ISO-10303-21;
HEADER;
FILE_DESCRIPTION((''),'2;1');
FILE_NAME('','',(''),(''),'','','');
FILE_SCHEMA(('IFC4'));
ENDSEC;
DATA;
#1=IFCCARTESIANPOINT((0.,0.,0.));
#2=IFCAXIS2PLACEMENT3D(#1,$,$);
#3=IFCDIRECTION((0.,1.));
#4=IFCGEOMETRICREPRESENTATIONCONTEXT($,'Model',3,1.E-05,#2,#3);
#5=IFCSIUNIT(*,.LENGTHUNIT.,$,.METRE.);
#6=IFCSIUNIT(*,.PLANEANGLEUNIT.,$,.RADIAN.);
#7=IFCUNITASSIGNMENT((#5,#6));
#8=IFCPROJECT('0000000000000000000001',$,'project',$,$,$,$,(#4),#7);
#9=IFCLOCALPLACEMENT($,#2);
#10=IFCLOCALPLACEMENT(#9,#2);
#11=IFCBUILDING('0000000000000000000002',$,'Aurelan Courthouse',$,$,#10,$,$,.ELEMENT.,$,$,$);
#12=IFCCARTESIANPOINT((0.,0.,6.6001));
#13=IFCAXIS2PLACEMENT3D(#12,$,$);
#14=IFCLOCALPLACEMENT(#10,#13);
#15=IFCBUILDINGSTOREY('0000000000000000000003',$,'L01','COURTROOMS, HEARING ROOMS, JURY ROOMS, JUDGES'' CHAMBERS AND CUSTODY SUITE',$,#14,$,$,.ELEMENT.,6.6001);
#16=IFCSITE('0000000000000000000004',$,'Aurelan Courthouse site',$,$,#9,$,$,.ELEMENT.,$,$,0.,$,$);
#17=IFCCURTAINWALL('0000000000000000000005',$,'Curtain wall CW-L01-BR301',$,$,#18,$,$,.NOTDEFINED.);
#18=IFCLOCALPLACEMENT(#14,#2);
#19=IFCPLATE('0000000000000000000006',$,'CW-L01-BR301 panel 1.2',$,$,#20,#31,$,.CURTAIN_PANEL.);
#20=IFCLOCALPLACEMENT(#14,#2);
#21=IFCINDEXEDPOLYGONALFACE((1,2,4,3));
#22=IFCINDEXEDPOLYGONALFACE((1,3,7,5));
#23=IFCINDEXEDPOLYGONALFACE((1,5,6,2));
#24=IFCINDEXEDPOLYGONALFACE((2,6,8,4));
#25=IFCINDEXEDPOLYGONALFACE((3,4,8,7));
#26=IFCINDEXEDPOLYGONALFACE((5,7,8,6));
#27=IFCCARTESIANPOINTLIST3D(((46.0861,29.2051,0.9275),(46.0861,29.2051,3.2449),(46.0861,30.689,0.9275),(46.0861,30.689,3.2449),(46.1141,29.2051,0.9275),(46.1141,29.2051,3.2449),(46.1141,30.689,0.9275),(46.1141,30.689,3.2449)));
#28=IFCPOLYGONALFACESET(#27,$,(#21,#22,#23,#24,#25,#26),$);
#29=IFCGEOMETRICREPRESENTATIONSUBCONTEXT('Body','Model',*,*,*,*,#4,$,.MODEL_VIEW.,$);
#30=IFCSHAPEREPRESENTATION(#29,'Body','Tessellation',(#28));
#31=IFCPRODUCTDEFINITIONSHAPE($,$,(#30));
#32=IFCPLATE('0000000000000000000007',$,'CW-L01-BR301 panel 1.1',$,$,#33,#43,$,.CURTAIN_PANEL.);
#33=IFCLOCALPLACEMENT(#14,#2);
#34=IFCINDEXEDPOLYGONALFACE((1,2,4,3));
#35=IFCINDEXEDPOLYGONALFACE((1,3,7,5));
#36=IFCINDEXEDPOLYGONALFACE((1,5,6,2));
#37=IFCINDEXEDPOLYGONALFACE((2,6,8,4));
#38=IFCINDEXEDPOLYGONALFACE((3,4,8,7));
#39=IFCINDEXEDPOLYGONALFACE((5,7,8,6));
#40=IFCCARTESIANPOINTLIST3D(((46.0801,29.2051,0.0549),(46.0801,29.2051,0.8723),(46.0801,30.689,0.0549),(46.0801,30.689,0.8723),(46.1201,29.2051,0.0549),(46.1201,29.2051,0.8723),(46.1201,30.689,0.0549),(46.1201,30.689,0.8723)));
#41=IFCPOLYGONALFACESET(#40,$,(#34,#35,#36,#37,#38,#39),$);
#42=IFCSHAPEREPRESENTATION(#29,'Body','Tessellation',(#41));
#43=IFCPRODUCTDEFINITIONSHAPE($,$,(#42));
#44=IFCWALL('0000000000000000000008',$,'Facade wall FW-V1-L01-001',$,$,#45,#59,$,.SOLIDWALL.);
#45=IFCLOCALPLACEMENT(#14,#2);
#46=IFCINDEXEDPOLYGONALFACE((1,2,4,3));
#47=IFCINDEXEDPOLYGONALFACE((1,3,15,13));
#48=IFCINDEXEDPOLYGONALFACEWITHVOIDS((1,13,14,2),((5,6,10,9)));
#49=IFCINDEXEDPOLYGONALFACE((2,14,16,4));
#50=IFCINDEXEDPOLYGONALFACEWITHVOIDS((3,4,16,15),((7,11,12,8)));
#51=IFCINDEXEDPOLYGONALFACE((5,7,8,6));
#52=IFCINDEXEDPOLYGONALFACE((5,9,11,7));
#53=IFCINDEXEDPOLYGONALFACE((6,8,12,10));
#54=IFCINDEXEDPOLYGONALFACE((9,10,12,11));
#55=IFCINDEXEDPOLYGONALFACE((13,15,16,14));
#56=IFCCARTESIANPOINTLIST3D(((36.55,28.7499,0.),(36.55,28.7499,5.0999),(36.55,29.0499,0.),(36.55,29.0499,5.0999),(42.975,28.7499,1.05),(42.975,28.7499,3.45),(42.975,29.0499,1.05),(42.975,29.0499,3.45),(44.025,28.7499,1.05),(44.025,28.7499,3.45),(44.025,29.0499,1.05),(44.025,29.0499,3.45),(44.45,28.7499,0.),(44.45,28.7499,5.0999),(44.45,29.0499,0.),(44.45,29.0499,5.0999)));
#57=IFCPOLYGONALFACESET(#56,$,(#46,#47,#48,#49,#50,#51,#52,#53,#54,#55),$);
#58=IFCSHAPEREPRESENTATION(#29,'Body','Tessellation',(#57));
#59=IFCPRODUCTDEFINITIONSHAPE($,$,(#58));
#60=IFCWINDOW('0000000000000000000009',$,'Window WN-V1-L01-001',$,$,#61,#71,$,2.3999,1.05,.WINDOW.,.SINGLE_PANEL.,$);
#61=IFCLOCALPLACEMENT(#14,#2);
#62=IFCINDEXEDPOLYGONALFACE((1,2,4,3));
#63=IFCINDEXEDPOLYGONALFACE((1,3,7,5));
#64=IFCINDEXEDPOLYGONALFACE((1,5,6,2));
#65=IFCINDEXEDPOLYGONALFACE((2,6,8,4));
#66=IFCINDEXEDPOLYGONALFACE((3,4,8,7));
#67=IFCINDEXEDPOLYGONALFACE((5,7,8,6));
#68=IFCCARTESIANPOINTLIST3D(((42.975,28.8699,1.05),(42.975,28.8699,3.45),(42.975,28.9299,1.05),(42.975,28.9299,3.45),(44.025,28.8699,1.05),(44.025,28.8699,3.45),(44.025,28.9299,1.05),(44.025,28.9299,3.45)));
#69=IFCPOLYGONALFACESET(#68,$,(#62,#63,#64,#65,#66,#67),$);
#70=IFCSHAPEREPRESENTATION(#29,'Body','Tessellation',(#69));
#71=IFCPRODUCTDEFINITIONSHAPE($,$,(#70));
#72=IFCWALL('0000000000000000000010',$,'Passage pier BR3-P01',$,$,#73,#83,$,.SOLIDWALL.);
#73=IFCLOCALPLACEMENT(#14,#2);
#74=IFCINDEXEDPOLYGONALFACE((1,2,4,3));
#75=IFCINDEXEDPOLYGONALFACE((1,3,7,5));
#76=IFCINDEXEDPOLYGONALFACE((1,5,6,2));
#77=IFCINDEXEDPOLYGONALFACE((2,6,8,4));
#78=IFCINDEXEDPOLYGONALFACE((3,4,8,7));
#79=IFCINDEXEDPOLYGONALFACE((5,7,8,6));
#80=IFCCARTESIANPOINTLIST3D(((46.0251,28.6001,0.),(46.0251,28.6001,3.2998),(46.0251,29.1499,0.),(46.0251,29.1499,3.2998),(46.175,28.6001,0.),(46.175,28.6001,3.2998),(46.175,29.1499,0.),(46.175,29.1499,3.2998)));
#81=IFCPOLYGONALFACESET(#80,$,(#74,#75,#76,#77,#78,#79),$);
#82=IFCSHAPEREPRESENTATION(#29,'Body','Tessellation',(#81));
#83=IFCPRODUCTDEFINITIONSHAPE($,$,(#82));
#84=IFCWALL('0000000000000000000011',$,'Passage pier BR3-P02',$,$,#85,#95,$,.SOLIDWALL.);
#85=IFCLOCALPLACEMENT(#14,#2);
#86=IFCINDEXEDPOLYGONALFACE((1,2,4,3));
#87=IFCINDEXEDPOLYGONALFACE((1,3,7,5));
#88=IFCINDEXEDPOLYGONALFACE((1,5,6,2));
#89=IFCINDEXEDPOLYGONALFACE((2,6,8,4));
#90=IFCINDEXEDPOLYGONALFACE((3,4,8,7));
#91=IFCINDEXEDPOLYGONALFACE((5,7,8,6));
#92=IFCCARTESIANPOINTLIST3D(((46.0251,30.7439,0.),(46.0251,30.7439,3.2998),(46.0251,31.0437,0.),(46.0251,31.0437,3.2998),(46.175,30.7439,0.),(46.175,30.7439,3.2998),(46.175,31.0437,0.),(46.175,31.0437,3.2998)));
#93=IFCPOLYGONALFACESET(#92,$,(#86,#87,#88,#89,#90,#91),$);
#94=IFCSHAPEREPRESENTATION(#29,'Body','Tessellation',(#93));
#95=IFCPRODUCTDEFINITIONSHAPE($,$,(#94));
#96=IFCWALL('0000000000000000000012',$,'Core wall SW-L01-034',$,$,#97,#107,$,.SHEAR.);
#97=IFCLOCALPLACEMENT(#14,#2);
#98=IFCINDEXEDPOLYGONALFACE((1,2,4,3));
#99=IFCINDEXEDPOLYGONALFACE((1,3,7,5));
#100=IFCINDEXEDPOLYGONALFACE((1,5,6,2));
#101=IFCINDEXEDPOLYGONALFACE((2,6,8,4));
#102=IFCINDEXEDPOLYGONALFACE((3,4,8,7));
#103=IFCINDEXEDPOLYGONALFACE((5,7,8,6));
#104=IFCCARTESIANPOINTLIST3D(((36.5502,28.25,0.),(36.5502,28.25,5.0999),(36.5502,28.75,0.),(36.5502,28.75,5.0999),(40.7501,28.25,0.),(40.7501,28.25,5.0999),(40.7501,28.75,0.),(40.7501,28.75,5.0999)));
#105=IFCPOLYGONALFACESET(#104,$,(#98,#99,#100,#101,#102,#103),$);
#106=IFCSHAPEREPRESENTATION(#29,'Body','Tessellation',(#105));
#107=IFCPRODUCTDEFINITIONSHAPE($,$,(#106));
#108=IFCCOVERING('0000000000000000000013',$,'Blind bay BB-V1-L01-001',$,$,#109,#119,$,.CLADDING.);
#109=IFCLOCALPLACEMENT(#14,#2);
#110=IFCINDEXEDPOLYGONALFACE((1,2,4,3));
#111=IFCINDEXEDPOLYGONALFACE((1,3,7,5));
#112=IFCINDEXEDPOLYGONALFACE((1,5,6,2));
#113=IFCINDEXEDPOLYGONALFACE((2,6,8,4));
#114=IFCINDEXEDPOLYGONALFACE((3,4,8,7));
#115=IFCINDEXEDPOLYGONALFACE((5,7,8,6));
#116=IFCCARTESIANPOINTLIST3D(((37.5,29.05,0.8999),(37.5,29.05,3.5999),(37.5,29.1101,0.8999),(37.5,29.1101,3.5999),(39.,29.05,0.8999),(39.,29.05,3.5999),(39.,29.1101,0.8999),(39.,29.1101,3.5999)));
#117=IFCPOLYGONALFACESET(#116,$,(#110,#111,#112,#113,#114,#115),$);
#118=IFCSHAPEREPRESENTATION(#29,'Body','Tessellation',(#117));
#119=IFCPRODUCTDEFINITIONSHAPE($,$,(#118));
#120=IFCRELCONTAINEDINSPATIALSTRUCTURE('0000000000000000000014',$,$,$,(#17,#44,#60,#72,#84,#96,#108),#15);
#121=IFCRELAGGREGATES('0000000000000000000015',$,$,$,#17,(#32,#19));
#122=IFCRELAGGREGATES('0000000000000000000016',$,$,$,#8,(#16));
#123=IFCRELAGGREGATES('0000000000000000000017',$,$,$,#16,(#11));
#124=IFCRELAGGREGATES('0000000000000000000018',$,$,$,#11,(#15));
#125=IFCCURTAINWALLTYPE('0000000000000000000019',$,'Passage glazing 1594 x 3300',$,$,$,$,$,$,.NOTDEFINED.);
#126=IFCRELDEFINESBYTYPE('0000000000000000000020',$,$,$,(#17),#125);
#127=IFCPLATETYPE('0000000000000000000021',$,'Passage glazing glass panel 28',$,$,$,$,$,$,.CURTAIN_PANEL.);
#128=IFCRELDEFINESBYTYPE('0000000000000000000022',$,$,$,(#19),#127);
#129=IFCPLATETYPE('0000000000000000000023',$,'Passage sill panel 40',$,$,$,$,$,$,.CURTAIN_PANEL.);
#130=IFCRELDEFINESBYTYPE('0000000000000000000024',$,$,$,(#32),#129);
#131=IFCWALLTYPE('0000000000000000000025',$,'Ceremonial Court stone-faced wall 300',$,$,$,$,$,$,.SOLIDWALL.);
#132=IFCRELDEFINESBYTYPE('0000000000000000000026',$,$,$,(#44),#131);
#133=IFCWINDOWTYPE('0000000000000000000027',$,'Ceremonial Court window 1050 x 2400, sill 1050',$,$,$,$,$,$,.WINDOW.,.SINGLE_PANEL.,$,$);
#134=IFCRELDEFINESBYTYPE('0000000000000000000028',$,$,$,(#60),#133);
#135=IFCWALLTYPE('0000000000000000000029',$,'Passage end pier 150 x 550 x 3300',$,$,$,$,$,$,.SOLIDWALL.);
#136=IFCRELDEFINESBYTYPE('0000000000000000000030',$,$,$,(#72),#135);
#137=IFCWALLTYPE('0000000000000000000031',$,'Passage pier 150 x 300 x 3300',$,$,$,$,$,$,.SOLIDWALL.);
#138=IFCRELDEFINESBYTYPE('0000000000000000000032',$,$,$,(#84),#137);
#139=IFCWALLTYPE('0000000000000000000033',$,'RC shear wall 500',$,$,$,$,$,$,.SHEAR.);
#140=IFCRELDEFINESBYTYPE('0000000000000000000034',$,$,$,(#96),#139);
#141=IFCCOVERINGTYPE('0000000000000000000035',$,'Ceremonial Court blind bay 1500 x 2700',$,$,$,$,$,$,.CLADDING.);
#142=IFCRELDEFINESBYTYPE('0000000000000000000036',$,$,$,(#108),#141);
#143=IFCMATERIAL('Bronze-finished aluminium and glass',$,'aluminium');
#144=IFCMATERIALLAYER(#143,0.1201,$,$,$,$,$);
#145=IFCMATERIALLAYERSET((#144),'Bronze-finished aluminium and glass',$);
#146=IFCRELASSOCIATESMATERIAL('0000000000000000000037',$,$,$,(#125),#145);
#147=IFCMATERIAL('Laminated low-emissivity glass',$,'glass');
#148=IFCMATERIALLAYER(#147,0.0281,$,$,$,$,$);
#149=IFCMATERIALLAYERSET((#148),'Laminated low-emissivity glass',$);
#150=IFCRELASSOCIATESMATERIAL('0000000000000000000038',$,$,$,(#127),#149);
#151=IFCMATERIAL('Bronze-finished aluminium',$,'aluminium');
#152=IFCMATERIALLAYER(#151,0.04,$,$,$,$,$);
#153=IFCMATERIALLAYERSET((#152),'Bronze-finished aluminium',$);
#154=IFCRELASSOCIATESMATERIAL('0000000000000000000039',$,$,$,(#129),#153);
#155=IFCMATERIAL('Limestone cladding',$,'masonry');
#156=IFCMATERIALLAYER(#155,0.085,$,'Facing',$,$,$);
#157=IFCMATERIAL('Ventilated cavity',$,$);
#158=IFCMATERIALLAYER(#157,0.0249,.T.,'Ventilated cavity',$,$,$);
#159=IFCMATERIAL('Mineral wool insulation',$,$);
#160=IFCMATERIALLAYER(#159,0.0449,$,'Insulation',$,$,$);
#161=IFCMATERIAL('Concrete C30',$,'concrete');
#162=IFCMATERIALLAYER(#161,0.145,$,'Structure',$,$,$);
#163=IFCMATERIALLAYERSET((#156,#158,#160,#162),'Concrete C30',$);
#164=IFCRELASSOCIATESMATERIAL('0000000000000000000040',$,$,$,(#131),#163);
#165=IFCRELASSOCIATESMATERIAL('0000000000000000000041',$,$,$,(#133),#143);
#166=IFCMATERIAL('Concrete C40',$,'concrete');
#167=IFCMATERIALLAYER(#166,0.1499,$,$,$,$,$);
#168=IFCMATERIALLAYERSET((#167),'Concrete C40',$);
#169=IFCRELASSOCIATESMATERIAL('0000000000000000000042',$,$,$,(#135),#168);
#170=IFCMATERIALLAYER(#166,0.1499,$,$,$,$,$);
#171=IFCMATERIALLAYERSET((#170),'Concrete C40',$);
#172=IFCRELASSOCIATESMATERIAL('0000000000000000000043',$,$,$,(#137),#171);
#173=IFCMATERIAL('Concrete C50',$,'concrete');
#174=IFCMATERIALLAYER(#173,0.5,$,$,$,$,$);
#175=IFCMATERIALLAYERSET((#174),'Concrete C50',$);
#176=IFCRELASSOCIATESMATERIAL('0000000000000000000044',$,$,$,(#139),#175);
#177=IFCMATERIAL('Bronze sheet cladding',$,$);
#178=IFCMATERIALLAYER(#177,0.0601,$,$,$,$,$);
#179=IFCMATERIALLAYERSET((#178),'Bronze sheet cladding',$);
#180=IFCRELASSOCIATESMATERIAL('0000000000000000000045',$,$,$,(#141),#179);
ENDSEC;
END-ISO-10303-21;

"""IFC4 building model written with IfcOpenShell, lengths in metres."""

from ifc_helpers import new_model, si_unit, direction, frame, frame_2d, origin, origin_2d, place, context, subcontext, project, spatial, rectangle, extrude, material, layer, layer_set, type_object, element, fill, aggregate, save


model = new_model("IFC4")

# Units and contexts
model_context = context("Model", 3, precision=1e-05, world=origin(), true_north=direction((0.0, 1.0)))
body_context = subcontext(model_context, "Body", "Model", "MODEL_VIEW")
ifc_project = project(units=[si_unit("LENGTHUNIT", "METRE"), si_unit("PLANEANGLEUNIT", "RADIAN")], contexts=[model_context])

# Site, building, storey
site_placement = place(None, origin())
site = spatial("IfcSite", under=ifc_project, at=site_placement, Name="Aurelan Courthouse site", CompositionType="ELEMENT", RefElevation=0.0)
building_placement = place(site_placement, origin())
building = spatial("IfcBuilding", under=site, at=building_placement, Name="Aurelan Courthouse", CompositionType="ELEMENT")
storey_placement = place(building_placement, frame((0.0, 0.0, 6.6001)))
storey = spatial("IfcBuildingStorey", under=building, at=storey_placement, Name="L01", Description="COURTROOMS, HEARING ROOMS, JURY ROOMS, JUDGES' CHAMBERS AND CUSTODY SUITE", CompositionType="ELEMENT", Elevation=6.6001)

# Shared definitions
ifc_material_1 = material(Name="Concrete C50", Category="concrete")

# Curtain wall
ifc_material_2 = material(Name="Bronze-finished aluminium and glass", Category="aluminium")
ifc_layer_1 = layer(ifc_material_2, 0.1201)
ifc_layer_set_1 = layer_set([ifc_layer_1], Name="Bronze-finished aluminium and glass")
curtain_wall_type = type_object("IfcCurtainWallType", Name="Passage glazing 1594 x 3300", PredefinedType="NOTDEFINED", material=ifc_layer_set_1)
curtain_wall_placement = place(storey_placement, origin())
curtain_wall = element("IfcCurtainWall", 1, at=curtain_wall_placement, inside=storey, type_object=curtain_wall_type, Name="Curtain wall CW-L01-BR301", PredefinedType="NOTDEFINED")
ifc_material_3 = material(Name="Bronze-finished aluminium", Category="aluminium")

# Plates
ifc_material_4 = material(Name="Laminated low-emissivity glass", Category="glass")
ifc_layer_2 = layer(ifc_material_4, 0.0281)
ifc_layer_set_2 = layer_set([ifc_layer_2], Name="Laminated low-emissivity glass")
plate_type_1 = type_object("IfcPlateType", Name="Passage glazing glass panel 28", PredefinedType="CURTAIN_PANEL", material=ifc_layer_set_2)
plate_1_placement = place(storey_placement, frame((46.1001, 29.947, 0.9275), z_axis=(0.0, 0.0, 1.0), x_axis=(0.0, 1.0, 0.0)))
plate_1 = element("IfcPlate", 2, at=plate_1_placement, type_object=plate_type_1, Name="CW-L01-BR301 panel 1.2", PredefinedType="CURTAIN_PANEL", context=body_context, shape_type="SweptSolid", body=[
    extrude(rectangle(XDim=1.4839, YDim=0.0281, at=origin_2d()), origin(), (0.0, 0.0, 1.0), 2.3174),
])
ifc_layer_3 = layer(ifc_material_3, 0.04)
ifc_layer_set_3 = layer_set([ifc_layer_3], Name="Bronze-finished aluminium")
plate_type_2 = type_object("IfcPlateType", Name="Passage sill panel 40", PredefinedType="CURTAIN_PANEL", material=ifc_layer_set_3)
plate_2_placement = place(storey_placement, frame((46.1001, 29.947, 0.0549), z_axis=(0.0, 0.0, 1.0), x_axis=(0.0, 1.0, 0.0)))
plate_2 = element("IfcPlate", 3, at=plate_2_placement, type_object=plate_type_2, Name="CW-L01-BR301 panel 1.1", PredefinedType="CURTAIN_PANEL", context=body_context, shape_type="SweptSolid", body=[
    extrude(rectangle(XDim=1.4839, YDim=0.04, at=origin_2d()), origin(), (0.0, 0.0, 1.0), 0.8174),
])
aggregate(curtain_wall, [plate_2, plate_1])

# Wall, opening, window
ifc_material_5 = material(Name="Limestone cladding", Category="masonry")
ifc_layer_4 = layer(ifc_material_5, 0.085, Name="Facing")
ifc_material_6 = material(Name="Ventilated cavity")
ifc_layer_5 = layer(ifc_material_6, 0.0249, ventilated=True, Name="Ventilated cavity")
ifc_material_7 = material(Name="Mineral wool insulation")
ifc_layer_6 = layer(ifc_material_7, 0.0449, Name="Insulation")
ifc_material_8 = material(Name="Concrete C30", Category="concrete")
ifc_layer_7 = layer(ifc_material_8, 0.145, Name="Structure")
ifc_layer_set_4 = layer_set([ifc_layer_4, ifc_layer_5, ifc_layer_6, ifc_layer_7], Name="Concrete C30")
wall_type_1 = type_object("IfcWallType", Name="Ceremonial Court stone-faced wall 300", PredefinedType="SOLIDWALL", material=ifc_layer_set_4)
wall_1_placement = place(storey_placement, frame((36.55, 28.8999, 0.0), z_axis=(0.0, 0.0, 1.0), x_axis=(1.0, 0.0, 0.0)))
wall_1 = element("IfcWall", 4, at=wall_1_placement, inside=storey, type_object=wall_type_1, Name="Facade wall FW-V1-L01-001", PredefinedType="SOLIDWALL", context=body_context, shape_type="SweptSolid", body=[
    extrude(rectangle(XDim=7.8999, YDim=0.3, at=frame_2d((3.95, 0.0))), origin(), (0.0, 0.0, 1.0), 5.0999),
])
opening_1_placement = place(wall_1_placement, frame((6.425, 0.0, 1.05)))
opening_1 = element("IfcOpeningElement", 5, at=opening_1_placement, cuts=wall_1, PredefinedType="OPENING", context=body_context, shape_type="SweptSolid", body=[
    extrude(rectangle(XDim=1.05, YDim=2.3999, at=frame_2d((0.5249, 1.2))), frame((0.0, 0.1599, 0.0), z_axis=(0.0, -1.0, 0.0), x_axis=(1.0, 0.0, 0.0)), (0.0, 0.0, 1.0), 0.3201),
])
window_type = type_object("IfcWindowType", Name="Ceremonial Court window 1050 x 2400, sill 1050", PartitioningType="SINGLE_PANEL", PredefinedType="WINDOW", material=ifc_material_2)
window_placement = place(opening_1_placement, origin())
window = element("IfcWindow", 6, at=window_placement, inside=storey, type_object=window_type, Name="Window WN-V1-L01-001", OverallHeight=2.3999, OverallWidth=1.05, PartitioningType="SINGLE_PANEL", PredefinedType="WINDOW", context=body_context, shape_type="SweptSolid", body=[
    extrude(rectangle(XDim=1.05, YDim=2.3999, at=frame_2d((0.5249, 1.2))), frame((0.0, 0.03, 0.0), z_axis=(0.0, -1.0, 0.0), x_axis=(1.0, 0.0, 0.0)), (0.0, 0.0, 1.0), 0.0601),
])
fill(opening_1, window)

# Wall
ifc_material_9 = material(Name="Concrete C40", Category="concrete")
ifc_layer_8 = layer(ifc_material_9, 0.1499)
ifc_layer_set_5 = layer_set([ifc_layer_8], Name="Concrete C40")
wall_type_2 = type_object("IfcWallType", Name="Passage end pier 150 x 550 x 3300", PredefinedType="SOLIDWALL", material=ifc_layer_set_5)
wall_2_placement = place(storey_placement, frame((46.1001, 28.6001, 0.0), z_axis=(0.0, 0.0, 1.0), x_axis=(0.0, 1.0, 0.0)))
element("IfcWall", 7, at=wall_2_placement, inside=storey, type_object=wall_type_2, Name="Passage pier BR3-P01", PredefinedType="SOLIDWALL", context=body_context, shape_type="SweptSolid", body=[
    extrude(rectangle(XDim=0.5498, YDim=0.1499, at=frame_2d((0.2749, 0.0))), origin(), (0.0, 0.0, 1.0), 3.2998),
])

# Walls
ifc_layer_9 = layer(ifc_material_9, 0.1499)
ifc_layer_set_6 = layer_set([ifc_layer_9], Name="Concrete C40")
wall_type_3 = type_object("IfcWallType", Name="Passage pier 150 x 300 x 3300", PredefinedType="SOLIDWALL", material=ifc_layer_set_6)
wall_3_placement = place(storey_placement, frame((46.1001, 30.7439, 0.0), z_axis=(0.0, 0.0, 1.0), x_axis=(0.0, 1.0, 0.0)))
element("IfcWall", 8, at=wall_3_placement, inside=storey, type_object=wall_type_3, Name="Passage pier BR3-P02", PredefinedType="SOLIDWALL", context=body_context, shape_type="SweptSolid", body=[
    extrude(rectangle(XDim=0.2998, YDim=0.1499, at=frame_2d((0.1499, 0.0))), origin(), (0.0, 0.0, 1.0), 3.2998),
])
ifc_layer_10 = layer(ifc_material_1, 0.5)
ifc_layer_set_7 = layer_set([ifc_layer_10], Name="Concrete C50")
wall_type_4 = type_object("IfcWallType", Name="RC shear wall 500", PredefinedType="SHEAR", material=ifc_layer_set_7)
wall_4_placement = place(storey_placement, frame((36.55, 28.5, 0.0), z_axis=(0.0, 0.0, 1.0), x_axis=(1.0, 0.0, 0.0)))
element("IfcWall", 9, at=wall_4_placement, inside=storey, type_object=wall_type_4, Name="Core wall SW-L01-034", PredefinedType="SHEAR", context=body_context, shape_type="SweptSolid", body=[
    extrude(rectangle(XDim=4.2, YDim=0.5, at=frame_2d((2.1001, 0.0))), origin(), (0.0, 0.0, 1.0), 5.0999),
])

# Covering
ifc_material_10 = material(Name="Bronze sheet cladding")
ifc_layer_11 = layer(ifc_material_10, 0.0601)
ifc_layer_set_8 = layer_set([ifc_layer_11], Name="Bronze sheet cladding")
covering_type = type_object("IfcCoveringType", Name="Ceremonial Court blind bay 1500 x 2700", PredefinedType="CLADDING", material=ifc_layer_set_8)
covering_placement = place(storey_placement, frame((38.25, 29.0801, 0.8999), z_axis=(0.0, 0.0, 1.0), x_axis=(1.0, 0.0, 0.0)))
element("IfcCovering", 10, at=covering_placement, inside=storey, type_object=covering_type, Name="Blind bay BB-V1-L01-001", PredefinedType="CLADDING", context=body_context, shape_type="SweptSolid", body=[
    extrude(rectangle(XDim=1.5, YDim=0.0601, at=origin_2d()), origin(), (0.0, 0.0, 1.0), 2.7),
])

save(model, "model.ifc")
